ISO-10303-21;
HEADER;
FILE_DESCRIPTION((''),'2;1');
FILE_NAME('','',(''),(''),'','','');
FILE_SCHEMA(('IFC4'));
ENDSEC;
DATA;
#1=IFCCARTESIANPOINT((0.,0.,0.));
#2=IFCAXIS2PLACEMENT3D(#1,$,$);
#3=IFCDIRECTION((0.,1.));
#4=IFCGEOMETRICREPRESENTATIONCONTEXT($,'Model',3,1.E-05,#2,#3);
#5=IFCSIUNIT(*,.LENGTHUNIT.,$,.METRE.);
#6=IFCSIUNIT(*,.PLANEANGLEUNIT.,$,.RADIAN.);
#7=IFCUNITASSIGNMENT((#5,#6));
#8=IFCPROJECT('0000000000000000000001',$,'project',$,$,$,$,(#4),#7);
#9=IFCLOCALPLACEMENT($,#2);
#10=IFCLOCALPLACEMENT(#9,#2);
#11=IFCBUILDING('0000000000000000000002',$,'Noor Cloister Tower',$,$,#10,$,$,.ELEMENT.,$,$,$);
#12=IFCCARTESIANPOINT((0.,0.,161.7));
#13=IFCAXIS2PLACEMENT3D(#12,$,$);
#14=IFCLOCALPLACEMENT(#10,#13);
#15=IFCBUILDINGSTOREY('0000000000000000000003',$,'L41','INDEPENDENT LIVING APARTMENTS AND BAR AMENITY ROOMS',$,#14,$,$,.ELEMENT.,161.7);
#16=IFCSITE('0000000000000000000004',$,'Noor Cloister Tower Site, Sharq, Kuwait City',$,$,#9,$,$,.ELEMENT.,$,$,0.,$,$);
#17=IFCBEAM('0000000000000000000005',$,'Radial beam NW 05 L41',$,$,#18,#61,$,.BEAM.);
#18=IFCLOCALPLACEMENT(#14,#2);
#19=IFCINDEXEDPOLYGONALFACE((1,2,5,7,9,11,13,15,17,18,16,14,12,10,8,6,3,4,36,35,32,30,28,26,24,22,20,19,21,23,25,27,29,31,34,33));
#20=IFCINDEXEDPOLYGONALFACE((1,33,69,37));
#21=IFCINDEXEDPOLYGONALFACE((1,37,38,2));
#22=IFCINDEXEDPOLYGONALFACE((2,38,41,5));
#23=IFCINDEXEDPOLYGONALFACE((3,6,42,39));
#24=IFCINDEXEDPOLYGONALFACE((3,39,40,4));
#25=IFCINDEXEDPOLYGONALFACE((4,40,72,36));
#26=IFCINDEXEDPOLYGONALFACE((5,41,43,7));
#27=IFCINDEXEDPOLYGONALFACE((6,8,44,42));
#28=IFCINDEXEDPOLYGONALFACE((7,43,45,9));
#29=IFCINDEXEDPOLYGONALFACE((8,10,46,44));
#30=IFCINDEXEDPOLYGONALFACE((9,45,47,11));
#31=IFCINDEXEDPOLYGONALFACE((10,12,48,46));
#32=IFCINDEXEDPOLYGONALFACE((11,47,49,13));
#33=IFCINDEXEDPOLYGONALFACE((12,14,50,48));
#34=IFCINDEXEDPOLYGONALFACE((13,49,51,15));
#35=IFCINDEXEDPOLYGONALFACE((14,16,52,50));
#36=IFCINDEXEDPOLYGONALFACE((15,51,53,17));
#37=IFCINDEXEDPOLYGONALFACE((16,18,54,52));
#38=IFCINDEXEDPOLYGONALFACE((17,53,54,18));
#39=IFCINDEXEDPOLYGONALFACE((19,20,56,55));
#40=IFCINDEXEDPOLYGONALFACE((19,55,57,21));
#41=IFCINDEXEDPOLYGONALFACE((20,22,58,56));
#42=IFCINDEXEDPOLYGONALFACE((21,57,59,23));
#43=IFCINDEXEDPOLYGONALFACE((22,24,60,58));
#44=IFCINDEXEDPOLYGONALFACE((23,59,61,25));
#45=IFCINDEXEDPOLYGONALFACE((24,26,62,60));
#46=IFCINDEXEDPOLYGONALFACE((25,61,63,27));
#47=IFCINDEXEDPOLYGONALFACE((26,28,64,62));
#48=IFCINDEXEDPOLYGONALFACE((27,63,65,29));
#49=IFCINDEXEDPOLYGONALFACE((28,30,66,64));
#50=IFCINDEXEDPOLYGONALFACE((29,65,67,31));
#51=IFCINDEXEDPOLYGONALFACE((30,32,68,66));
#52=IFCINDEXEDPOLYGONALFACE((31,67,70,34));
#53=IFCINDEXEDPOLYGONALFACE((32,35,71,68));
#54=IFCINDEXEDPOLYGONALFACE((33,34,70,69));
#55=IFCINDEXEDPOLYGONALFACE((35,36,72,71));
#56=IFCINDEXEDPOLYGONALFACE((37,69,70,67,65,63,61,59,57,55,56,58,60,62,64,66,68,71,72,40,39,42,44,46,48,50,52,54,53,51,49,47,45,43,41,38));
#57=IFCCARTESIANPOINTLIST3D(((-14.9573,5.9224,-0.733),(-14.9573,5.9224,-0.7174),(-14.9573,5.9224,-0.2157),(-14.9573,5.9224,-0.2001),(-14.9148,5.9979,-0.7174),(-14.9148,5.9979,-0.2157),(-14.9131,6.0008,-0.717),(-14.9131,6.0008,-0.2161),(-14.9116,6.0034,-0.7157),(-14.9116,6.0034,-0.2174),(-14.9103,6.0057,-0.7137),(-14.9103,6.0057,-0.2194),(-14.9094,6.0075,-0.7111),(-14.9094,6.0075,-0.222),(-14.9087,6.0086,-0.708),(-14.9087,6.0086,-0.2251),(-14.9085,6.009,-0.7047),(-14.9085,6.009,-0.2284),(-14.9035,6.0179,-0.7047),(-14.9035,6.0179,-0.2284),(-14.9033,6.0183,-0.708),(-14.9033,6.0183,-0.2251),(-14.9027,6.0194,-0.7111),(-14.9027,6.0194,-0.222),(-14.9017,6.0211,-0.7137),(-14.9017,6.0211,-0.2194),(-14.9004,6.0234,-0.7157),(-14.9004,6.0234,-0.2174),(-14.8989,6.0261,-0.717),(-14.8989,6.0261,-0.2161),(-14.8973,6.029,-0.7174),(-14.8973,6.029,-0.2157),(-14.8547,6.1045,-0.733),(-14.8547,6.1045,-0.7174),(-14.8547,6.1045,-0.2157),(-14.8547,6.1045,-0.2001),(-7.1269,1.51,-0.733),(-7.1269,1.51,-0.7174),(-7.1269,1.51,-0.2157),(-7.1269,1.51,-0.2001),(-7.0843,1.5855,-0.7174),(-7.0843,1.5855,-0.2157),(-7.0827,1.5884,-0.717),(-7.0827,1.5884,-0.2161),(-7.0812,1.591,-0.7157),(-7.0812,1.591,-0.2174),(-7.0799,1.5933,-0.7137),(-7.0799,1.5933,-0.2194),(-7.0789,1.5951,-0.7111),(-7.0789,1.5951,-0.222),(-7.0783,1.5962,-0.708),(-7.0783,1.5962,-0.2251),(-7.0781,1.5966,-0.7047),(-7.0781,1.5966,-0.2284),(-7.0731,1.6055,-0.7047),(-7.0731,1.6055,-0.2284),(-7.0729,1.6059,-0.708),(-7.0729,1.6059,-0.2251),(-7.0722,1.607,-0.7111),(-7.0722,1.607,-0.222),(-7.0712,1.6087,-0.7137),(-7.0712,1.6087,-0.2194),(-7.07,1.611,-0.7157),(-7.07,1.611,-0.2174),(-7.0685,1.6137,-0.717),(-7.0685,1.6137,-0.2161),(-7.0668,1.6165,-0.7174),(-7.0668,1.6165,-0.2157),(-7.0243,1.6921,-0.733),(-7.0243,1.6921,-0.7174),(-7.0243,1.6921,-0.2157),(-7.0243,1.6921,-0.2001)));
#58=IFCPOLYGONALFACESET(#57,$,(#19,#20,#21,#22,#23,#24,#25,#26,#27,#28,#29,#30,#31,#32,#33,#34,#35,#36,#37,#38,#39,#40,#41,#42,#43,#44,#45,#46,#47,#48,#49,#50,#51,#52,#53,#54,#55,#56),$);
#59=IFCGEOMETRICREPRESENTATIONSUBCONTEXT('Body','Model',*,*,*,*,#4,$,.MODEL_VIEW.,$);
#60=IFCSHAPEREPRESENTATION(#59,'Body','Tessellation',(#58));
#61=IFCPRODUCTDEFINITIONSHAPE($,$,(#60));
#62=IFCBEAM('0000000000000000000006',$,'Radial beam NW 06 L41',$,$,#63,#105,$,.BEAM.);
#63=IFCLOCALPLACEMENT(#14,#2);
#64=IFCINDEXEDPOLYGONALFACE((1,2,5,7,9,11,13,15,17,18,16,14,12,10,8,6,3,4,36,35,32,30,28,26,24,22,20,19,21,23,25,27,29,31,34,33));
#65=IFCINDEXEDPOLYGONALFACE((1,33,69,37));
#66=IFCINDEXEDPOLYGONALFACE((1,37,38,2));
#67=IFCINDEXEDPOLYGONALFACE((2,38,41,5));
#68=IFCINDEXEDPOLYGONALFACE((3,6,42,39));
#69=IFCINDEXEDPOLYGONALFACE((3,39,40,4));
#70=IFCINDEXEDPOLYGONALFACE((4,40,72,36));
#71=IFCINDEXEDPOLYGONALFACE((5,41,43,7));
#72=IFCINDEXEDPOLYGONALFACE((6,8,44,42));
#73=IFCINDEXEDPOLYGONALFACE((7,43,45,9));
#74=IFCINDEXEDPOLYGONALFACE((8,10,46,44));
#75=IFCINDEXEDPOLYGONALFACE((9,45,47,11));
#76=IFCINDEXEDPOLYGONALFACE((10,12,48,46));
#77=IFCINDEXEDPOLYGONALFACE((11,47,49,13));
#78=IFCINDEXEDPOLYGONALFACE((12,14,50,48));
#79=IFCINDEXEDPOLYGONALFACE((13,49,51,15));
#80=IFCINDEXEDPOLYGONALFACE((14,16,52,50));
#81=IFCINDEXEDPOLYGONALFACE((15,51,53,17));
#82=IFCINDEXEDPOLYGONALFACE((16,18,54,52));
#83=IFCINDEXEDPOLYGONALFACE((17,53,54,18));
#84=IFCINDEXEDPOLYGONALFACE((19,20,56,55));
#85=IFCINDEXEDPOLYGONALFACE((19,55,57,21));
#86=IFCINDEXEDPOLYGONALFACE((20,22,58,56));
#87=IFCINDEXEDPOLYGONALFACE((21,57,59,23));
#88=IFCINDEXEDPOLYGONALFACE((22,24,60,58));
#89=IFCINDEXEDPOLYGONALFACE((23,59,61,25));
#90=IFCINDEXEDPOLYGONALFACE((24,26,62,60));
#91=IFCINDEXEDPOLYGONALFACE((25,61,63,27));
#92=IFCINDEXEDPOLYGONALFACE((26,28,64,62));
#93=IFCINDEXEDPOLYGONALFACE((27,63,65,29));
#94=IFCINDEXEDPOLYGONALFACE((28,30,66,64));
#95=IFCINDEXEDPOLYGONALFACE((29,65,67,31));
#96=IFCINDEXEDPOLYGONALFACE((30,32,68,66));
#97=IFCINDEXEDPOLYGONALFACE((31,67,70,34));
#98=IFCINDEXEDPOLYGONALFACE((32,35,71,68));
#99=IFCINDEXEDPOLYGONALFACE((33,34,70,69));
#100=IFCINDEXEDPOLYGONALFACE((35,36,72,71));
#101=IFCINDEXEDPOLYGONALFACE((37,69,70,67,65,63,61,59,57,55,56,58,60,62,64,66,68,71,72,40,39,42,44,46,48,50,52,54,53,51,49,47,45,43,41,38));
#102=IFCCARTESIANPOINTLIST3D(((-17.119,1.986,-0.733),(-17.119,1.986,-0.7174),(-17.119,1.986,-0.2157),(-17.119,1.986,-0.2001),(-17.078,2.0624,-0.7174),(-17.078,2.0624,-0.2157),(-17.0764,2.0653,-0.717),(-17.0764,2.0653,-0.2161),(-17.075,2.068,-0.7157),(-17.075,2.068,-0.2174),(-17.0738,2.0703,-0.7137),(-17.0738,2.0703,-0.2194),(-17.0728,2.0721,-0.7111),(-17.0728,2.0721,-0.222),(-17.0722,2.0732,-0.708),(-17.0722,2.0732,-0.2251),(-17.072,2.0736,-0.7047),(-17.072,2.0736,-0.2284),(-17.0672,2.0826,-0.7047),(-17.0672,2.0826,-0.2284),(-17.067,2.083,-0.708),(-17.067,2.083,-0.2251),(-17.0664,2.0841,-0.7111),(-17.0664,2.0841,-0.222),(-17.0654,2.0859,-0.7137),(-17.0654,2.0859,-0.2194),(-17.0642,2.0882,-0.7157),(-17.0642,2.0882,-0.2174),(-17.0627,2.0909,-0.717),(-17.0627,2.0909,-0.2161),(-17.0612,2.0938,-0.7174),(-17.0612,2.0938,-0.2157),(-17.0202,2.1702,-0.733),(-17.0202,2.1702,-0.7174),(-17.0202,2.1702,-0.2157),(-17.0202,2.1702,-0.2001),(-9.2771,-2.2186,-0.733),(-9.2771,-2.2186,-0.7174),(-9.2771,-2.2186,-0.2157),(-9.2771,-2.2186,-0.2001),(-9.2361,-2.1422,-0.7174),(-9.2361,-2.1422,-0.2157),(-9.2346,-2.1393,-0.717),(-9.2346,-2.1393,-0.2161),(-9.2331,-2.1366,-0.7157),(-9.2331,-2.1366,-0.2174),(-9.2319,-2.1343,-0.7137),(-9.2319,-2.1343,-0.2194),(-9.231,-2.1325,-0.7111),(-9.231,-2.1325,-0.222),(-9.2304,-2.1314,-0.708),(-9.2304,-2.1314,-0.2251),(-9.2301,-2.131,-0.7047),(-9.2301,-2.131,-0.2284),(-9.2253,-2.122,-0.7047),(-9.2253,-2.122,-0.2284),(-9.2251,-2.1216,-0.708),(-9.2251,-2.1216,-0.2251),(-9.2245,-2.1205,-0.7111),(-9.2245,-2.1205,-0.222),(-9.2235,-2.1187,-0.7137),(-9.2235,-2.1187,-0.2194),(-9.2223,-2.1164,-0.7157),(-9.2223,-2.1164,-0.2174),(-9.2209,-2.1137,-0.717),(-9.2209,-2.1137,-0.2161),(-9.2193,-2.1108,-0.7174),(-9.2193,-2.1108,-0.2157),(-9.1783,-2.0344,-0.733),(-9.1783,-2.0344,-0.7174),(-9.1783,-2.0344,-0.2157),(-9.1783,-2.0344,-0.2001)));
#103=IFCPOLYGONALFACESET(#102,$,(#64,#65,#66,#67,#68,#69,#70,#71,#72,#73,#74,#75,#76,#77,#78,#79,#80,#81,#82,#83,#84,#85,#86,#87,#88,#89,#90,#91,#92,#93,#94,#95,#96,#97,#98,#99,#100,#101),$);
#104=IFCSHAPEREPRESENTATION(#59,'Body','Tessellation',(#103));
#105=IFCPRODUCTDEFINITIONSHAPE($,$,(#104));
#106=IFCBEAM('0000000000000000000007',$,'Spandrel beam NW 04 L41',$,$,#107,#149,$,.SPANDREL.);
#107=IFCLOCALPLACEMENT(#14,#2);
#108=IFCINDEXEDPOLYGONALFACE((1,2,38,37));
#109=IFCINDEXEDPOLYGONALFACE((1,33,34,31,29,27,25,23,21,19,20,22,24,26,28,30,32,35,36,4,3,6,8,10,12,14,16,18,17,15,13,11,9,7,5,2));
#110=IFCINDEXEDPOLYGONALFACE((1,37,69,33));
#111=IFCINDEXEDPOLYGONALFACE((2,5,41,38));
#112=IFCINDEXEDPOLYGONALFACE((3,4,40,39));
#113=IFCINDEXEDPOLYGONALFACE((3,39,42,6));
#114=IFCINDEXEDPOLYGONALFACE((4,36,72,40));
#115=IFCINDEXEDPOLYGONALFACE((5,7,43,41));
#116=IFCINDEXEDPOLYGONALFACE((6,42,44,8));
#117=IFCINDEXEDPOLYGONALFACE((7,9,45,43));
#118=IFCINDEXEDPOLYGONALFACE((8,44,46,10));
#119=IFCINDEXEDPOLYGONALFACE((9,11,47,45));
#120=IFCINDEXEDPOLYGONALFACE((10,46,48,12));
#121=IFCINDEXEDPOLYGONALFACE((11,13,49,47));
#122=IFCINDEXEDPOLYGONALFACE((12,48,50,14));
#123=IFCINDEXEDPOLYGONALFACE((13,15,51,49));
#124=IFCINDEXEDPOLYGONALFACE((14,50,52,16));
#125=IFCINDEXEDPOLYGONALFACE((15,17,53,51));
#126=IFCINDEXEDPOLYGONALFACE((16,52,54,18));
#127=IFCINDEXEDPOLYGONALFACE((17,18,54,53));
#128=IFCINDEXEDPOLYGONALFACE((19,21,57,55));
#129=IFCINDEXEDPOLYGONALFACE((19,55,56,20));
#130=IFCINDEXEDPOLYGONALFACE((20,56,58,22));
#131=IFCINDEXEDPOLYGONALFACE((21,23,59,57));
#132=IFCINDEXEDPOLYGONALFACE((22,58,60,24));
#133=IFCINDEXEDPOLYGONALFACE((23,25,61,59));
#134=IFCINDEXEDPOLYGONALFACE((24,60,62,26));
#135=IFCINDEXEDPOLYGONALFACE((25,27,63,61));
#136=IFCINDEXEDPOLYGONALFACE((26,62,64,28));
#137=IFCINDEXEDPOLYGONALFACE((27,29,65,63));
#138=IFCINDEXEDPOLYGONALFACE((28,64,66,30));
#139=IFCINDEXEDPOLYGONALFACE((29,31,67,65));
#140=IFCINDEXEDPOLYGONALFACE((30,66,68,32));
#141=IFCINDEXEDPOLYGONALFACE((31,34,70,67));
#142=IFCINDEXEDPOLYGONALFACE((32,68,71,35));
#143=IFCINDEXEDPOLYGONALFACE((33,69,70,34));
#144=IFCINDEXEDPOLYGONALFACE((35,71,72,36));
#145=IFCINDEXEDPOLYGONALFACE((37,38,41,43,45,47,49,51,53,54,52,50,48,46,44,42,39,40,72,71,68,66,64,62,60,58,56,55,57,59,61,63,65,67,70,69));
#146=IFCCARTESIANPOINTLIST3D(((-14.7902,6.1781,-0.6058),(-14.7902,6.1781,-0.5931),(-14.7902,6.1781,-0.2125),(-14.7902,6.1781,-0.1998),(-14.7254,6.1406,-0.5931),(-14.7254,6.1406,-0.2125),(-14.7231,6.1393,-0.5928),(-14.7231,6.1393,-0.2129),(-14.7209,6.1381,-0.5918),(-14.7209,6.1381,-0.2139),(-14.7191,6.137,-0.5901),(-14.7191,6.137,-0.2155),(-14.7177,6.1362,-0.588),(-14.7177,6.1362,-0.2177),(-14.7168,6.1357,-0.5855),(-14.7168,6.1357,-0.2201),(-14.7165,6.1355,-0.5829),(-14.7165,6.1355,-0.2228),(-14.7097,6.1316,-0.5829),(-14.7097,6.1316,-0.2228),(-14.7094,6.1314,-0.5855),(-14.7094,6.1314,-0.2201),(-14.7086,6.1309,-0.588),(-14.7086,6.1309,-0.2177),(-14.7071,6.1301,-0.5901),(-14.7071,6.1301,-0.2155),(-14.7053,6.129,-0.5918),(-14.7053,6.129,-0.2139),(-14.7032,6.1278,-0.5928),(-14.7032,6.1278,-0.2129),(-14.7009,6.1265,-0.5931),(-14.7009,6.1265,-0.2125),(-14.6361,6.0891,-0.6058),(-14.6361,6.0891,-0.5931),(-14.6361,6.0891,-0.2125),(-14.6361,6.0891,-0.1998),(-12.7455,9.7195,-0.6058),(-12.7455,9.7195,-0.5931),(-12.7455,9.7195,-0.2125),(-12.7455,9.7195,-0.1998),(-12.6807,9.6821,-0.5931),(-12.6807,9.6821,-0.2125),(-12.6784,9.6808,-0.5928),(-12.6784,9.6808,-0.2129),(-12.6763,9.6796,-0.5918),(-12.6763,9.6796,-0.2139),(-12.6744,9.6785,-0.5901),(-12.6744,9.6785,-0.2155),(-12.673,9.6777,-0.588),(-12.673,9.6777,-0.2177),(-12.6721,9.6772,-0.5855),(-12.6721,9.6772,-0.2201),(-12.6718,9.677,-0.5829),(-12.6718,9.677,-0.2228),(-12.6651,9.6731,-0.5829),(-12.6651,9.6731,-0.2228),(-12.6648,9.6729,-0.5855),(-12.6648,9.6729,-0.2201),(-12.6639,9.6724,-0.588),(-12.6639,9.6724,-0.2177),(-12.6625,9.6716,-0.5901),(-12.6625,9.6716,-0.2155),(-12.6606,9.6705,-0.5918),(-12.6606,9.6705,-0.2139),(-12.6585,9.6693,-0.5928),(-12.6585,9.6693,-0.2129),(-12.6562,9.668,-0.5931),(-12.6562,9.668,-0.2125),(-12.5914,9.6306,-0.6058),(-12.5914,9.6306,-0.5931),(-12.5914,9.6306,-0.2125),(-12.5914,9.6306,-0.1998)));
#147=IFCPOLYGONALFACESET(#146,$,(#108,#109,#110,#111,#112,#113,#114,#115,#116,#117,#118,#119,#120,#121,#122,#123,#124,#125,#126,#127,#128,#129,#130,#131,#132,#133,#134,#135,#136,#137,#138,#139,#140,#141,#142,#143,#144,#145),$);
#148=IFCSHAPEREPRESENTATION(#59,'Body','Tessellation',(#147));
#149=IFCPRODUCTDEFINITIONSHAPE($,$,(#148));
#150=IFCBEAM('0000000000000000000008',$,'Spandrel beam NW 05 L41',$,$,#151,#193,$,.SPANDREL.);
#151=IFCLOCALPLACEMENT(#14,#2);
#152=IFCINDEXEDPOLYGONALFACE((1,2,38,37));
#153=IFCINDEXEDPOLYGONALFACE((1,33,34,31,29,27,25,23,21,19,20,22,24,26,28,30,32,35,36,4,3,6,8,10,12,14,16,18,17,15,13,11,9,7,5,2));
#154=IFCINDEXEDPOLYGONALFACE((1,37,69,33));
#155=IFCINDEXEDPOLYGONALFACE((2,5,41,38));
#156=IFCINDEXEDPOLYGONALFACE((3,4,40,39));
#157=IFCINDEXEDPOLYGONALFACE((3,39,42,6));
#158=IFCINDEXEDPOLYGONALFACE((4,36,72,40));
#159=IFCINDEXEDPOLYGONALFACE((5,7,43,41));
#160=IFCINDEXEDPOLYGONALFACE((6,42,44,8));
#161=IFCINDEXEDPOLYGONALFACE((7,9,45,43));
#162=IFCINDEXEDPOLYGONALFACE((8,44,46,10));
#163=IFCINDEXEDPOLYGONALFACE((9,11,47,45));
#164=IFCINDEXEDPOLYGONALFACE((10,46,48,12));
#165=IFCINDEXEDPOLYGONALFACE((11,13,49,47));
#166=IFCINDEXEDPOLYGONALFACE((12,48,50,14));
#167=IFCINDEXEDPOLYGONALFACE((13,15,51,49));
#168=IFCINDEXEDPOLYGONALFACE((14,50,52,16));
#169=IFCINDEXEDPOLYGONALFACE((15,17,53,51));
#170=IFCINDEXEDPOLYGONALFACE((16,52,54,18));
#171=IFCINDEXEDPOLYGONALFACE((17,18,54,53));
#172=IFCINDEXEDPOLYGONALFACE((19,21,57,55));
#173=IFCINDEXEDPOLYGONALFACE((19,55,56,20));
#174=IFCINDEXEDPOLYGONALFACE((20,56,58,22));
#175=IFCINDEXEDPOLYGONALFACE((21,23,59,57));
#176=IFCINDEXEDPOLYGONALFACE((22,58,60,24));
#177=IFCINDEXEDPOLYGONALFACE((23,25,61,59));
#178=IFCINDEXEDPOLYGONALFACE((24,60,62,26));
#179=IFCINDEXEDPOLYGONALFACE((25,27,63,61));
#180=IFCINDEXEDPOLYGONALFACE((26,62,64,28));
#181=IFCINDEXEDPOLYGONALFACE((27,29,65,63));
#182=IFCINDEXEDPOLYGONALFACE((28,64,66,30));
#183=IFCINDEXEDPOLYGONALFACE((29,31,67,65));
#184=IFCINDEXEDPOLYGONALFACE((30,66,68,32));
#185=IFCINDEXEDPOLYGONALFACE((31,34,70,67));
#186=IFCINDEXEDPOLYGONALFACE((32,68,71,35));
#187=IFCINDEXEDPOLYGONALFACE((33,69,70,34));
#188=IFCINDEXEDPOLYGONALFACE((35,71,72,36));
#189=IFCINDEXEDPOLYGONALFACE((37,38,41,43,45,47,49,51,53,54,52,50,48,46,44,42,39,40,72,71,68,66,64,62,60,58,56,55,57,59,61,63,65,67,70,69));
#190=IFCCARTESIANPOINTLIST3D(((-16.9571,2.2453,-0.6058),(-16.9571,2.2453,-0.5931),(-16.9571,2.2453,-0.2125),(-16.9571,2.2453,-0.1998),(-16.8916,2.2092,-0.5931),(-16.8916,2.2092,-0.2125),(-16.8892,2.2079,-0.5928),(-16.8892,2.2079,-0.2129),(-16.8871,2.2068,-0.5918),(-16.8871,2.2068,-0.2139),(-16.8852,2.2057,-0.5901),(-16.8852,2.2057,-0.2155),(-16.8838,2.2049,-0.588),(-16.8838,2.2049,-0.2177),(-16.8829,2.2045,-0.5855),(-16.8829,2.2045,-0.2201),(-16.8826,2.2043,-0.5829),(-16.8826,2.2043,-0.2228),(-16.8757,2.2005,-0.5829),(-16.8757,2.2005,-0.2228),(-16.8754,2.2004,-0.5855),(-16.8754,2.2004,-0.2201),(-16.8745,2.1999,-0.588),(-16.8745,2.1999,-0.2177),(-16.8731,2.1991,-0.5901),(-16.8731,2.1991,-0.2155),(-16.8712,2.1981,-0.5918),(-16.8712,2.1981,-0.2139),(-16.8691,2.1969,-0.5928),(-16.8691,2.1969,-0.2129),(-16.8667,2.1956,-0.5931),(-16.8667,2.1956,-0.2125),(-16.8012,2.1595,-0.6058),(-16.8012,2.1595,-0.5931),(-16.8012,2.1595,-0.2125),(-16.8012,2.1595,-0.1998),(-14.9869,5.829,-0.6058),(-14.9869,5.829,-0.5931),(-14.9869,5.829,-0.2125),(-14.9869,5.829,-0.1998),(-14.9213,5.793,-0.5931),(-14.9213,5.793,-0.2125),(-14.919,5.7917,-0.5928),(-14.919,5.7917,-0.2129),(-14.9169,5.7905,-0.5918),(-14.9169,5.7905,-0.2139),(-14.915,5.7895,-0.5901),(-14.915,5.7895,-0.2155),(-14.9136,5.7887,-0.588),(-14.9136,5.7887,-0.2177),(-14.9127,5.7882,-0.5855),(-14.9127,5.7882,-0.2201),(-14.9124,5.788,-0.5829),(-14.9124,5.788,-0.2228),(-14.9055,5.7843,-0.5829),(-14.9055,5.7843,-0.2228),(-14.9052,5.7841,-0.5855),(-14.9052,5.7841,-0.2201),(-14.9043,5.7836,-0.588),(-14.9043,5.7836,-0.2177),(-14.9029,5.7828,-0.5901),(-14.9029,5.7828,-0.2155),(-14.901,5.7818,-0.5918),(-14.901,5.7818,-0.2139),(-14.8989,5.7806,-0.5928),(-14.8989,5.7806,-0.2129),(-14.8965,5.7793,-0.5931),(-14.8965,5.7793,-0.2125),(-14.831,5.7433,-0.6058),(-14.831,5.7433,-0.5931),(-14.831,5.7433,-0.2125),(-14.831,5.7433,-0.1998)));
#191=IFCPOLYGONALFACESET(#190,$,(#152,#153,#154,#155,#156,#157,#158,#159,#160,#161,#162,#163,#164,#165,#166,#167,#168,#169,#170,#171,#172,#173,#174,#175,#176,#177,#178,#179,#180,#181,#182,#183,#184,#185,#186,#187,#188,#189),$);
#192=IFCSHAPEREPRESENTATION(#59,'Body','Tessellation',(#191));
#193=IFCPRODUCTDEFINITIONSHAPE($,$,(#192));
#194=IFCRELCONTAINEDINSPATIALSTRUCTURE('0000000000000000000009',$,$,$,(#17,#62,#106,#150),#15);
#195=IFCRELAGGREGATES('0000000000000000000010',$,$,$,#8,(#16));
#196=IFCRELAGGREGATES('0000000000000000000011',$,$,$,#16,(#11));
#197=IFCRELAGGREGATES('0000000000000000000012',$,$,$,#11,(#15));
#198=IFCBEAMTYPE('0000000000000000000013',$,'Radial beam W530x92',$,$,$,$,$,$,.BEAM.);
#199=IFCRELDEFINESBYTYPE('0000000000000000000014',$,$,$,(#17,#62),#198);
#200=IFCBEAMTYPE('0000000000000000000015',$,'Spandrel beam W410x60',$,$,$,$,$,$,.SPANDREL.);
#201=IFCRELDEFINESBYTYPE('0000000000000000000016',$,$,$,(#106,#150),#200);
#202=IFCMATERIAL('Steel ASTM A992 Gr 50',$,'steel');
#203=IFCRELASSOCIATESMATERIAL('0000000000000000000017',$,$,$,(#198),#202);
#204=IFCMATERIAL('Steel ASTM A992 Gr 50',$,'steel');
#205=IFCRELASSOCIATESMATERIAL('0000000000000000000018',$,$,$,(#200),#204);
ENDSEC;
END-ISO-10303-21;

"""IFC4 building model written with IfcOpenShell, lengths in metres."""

from ifc_helpers import new_model, si_unit, direction, frame, origin, origin_2d, place, context, subcontext, project, spatial, i_section, extrude, material, material_profile, profile_set, type_object, element, save


model = new_model("IFC4")

# Units and contexts
model_context = context("Model", 3, precision=1e-05, world=origin(), true_north=direction((0.0, 1.0)))
body_context = subcontext(model_context, "Body", "Model", "MODEL_VIEW")
ifc_project = project(units=[si_unit("LENGTHUNIT", "METRE"), si_unit("PLANEANGLEUNIT", "RADIAN")], contexts=[model_context])

# Site, building, storey
site_placement = place(None, origin())
site = spatial("IfcSite", under=ifc_project, at=site_placement, Name="Noor Cloister Tower Site, Sharq, Kuwait City", CompositionType="ELEMENT", RefElevation=0.0)
building_placement = place(site_placement, origin())
building = spatial("IfcBuilding", under=site, at=building_placement, Name="Noor Cloister Tower", CompositionType="ELEMENT")
storey_placement = place(building_placement, frame((0.0, 0.0, 161.7)))
storey = spatial("IfcBuildingStorey", under=building, at=storey_placement, Name="L41", Description="INDEPENDENT LIVING APARTMENTS AND BAR AMENITY ROOMS", CompositionType="ELEMENT", Elevation=161.7)

# Beams
ifc_material_1 = material(Name="Steel ASTM A992 Gr 50", Category="steel")
ifc_material_profile_1 = material_profile(ifc_material_1, i_section(OverallWidth=0.209, OverallDepth=0.533, WebThickness=0.0103, FlangeThickness=0.0156, FilletRadius=0.0127, at=origin_2d()), Name="W530x92")
ifc_profile_set_1 = profile_set([ifc_material_profile_1], Name="Steel ASTM A992 Gr 50")
beam_type_1 = type_object("IfcBeamType", Name="Radial beam W530x92", PredefinedType="BEAM", material=ifc_profile_set_1)
beam_1_placement = place(storey_placement, frame((-14.906, 6.0134, -0.4666), z_axis=(0.871205, -0.49092, 0.0), x_axis=(0.49092, 0.871205, 0.0)))
element("IfcBeam", 1, at=beam_1_placement, inside=storey, type_object=beam_type_1, Name="Radial beam NW 05 L41", PredefinedType="BEAM", context=body_context, shape_type="SweptSolid", body=[
    extrude(i_section(OverallWidth=0.209, OverallDepth=0.533, WebThickness=0.0103, FlangeThickness=0.0156, FilletRadius=0.0127, at=origin_2d()), origin(), (0.0, 0.0, 1.0), 8.988),
])
beam_2_placement = place(storey_placement, frame((-17.0696, 2.0781, -0.4666), z_axis=(0.88131, -0.472538, 0.0), x_axis=(0.472538, 0.88131, 0.0)))
element("IfcBeam", 2, at=beam_2_placement, inside=storey, type_object=beam_type_1, Name="Radial beam NW 06 L41", PredefinedType="BEAM", context=body_context, shape_type="SweptSolid", body=[
    extrude(i_section(OverallWidth=0.209, OverallDepth=0.533, WebThickness=0.0103, FlangeThickness=0.0156, FilletRadius=0.0127, at=origin_2d()), origin(), (0.0, 0.0, 1.0), 8.8979),
])
ifc_material_2 = material(Name="Steel ASTM A992 Gr 50", Category="steel")
ifc_material_profile_2 = material_profile(ifc_material_2, i_section(OverallWidth=0.178, OverallDepth=0.406, WebThickness=0.0078, FlangeThickness=0.0127, FilletRadius=0.0103, at=origin_2d()), Name="W410x60")
ifc_profile_set_2 = profile_set([ifc_material_profile_2], Name="Steel ASTM A992 Gr 50")
beam_type_2 = type_object("IfcBeamType", Name="Spandrel beam W410x60", PredefinedType="SPANDREL", material=ifc_profile_set_2)
beam_3_placement = place(storey_placement, frame((-12.6685, 9.675, -0.4028), z_axis=(-0.499998, -0.866027, 0.0), x_axis=(0.866027, -0.499998, 0.0)))
element("IfcBeam", 3, at=beam_3_placement, inside=storey, type_object=beam_type_2, Name="Spandrel beam NW 04 L41", PredefinedType="SPANDREL", context=body_context, shape_type="SweptSolid", body=[
    extrude(i_section(OverallWidth=0.178, OverallDepth=0.406, WebThickness=0.0078, FlangeThickness=0.0127, FilletRadius=0.0103, at=origin_2d()), origin(), (0.0, 0.0, 1.0), 4.0894),
])
beam_4_placement = place(storey_placement, frame((-14.9089, 5.7861, -0.4028), z_axis=(-0.481761, -0.876303, 0.0), x_axis=(0.876303, -0.481761, 0.0)))
element("IfcBeam", 4, at=beam_4_placement, inside=storey, type_object=beam_type_2, Name="Spandrel beam NW 05 L41", PredefinedType="SPANDREL", context=body_context, shape_type="SweptSolid", body=[
    extrude(i_section(OverallWidth=0.178, OverallDepth=0.406, WebThickness=0.0078, FlangeThickness=0.0127, FilletRadius=0.0103, at=origin_2d()), origin(), (0.0, 0.0, 1.0), 4.0896),
])

save(model, "model.ifc")
